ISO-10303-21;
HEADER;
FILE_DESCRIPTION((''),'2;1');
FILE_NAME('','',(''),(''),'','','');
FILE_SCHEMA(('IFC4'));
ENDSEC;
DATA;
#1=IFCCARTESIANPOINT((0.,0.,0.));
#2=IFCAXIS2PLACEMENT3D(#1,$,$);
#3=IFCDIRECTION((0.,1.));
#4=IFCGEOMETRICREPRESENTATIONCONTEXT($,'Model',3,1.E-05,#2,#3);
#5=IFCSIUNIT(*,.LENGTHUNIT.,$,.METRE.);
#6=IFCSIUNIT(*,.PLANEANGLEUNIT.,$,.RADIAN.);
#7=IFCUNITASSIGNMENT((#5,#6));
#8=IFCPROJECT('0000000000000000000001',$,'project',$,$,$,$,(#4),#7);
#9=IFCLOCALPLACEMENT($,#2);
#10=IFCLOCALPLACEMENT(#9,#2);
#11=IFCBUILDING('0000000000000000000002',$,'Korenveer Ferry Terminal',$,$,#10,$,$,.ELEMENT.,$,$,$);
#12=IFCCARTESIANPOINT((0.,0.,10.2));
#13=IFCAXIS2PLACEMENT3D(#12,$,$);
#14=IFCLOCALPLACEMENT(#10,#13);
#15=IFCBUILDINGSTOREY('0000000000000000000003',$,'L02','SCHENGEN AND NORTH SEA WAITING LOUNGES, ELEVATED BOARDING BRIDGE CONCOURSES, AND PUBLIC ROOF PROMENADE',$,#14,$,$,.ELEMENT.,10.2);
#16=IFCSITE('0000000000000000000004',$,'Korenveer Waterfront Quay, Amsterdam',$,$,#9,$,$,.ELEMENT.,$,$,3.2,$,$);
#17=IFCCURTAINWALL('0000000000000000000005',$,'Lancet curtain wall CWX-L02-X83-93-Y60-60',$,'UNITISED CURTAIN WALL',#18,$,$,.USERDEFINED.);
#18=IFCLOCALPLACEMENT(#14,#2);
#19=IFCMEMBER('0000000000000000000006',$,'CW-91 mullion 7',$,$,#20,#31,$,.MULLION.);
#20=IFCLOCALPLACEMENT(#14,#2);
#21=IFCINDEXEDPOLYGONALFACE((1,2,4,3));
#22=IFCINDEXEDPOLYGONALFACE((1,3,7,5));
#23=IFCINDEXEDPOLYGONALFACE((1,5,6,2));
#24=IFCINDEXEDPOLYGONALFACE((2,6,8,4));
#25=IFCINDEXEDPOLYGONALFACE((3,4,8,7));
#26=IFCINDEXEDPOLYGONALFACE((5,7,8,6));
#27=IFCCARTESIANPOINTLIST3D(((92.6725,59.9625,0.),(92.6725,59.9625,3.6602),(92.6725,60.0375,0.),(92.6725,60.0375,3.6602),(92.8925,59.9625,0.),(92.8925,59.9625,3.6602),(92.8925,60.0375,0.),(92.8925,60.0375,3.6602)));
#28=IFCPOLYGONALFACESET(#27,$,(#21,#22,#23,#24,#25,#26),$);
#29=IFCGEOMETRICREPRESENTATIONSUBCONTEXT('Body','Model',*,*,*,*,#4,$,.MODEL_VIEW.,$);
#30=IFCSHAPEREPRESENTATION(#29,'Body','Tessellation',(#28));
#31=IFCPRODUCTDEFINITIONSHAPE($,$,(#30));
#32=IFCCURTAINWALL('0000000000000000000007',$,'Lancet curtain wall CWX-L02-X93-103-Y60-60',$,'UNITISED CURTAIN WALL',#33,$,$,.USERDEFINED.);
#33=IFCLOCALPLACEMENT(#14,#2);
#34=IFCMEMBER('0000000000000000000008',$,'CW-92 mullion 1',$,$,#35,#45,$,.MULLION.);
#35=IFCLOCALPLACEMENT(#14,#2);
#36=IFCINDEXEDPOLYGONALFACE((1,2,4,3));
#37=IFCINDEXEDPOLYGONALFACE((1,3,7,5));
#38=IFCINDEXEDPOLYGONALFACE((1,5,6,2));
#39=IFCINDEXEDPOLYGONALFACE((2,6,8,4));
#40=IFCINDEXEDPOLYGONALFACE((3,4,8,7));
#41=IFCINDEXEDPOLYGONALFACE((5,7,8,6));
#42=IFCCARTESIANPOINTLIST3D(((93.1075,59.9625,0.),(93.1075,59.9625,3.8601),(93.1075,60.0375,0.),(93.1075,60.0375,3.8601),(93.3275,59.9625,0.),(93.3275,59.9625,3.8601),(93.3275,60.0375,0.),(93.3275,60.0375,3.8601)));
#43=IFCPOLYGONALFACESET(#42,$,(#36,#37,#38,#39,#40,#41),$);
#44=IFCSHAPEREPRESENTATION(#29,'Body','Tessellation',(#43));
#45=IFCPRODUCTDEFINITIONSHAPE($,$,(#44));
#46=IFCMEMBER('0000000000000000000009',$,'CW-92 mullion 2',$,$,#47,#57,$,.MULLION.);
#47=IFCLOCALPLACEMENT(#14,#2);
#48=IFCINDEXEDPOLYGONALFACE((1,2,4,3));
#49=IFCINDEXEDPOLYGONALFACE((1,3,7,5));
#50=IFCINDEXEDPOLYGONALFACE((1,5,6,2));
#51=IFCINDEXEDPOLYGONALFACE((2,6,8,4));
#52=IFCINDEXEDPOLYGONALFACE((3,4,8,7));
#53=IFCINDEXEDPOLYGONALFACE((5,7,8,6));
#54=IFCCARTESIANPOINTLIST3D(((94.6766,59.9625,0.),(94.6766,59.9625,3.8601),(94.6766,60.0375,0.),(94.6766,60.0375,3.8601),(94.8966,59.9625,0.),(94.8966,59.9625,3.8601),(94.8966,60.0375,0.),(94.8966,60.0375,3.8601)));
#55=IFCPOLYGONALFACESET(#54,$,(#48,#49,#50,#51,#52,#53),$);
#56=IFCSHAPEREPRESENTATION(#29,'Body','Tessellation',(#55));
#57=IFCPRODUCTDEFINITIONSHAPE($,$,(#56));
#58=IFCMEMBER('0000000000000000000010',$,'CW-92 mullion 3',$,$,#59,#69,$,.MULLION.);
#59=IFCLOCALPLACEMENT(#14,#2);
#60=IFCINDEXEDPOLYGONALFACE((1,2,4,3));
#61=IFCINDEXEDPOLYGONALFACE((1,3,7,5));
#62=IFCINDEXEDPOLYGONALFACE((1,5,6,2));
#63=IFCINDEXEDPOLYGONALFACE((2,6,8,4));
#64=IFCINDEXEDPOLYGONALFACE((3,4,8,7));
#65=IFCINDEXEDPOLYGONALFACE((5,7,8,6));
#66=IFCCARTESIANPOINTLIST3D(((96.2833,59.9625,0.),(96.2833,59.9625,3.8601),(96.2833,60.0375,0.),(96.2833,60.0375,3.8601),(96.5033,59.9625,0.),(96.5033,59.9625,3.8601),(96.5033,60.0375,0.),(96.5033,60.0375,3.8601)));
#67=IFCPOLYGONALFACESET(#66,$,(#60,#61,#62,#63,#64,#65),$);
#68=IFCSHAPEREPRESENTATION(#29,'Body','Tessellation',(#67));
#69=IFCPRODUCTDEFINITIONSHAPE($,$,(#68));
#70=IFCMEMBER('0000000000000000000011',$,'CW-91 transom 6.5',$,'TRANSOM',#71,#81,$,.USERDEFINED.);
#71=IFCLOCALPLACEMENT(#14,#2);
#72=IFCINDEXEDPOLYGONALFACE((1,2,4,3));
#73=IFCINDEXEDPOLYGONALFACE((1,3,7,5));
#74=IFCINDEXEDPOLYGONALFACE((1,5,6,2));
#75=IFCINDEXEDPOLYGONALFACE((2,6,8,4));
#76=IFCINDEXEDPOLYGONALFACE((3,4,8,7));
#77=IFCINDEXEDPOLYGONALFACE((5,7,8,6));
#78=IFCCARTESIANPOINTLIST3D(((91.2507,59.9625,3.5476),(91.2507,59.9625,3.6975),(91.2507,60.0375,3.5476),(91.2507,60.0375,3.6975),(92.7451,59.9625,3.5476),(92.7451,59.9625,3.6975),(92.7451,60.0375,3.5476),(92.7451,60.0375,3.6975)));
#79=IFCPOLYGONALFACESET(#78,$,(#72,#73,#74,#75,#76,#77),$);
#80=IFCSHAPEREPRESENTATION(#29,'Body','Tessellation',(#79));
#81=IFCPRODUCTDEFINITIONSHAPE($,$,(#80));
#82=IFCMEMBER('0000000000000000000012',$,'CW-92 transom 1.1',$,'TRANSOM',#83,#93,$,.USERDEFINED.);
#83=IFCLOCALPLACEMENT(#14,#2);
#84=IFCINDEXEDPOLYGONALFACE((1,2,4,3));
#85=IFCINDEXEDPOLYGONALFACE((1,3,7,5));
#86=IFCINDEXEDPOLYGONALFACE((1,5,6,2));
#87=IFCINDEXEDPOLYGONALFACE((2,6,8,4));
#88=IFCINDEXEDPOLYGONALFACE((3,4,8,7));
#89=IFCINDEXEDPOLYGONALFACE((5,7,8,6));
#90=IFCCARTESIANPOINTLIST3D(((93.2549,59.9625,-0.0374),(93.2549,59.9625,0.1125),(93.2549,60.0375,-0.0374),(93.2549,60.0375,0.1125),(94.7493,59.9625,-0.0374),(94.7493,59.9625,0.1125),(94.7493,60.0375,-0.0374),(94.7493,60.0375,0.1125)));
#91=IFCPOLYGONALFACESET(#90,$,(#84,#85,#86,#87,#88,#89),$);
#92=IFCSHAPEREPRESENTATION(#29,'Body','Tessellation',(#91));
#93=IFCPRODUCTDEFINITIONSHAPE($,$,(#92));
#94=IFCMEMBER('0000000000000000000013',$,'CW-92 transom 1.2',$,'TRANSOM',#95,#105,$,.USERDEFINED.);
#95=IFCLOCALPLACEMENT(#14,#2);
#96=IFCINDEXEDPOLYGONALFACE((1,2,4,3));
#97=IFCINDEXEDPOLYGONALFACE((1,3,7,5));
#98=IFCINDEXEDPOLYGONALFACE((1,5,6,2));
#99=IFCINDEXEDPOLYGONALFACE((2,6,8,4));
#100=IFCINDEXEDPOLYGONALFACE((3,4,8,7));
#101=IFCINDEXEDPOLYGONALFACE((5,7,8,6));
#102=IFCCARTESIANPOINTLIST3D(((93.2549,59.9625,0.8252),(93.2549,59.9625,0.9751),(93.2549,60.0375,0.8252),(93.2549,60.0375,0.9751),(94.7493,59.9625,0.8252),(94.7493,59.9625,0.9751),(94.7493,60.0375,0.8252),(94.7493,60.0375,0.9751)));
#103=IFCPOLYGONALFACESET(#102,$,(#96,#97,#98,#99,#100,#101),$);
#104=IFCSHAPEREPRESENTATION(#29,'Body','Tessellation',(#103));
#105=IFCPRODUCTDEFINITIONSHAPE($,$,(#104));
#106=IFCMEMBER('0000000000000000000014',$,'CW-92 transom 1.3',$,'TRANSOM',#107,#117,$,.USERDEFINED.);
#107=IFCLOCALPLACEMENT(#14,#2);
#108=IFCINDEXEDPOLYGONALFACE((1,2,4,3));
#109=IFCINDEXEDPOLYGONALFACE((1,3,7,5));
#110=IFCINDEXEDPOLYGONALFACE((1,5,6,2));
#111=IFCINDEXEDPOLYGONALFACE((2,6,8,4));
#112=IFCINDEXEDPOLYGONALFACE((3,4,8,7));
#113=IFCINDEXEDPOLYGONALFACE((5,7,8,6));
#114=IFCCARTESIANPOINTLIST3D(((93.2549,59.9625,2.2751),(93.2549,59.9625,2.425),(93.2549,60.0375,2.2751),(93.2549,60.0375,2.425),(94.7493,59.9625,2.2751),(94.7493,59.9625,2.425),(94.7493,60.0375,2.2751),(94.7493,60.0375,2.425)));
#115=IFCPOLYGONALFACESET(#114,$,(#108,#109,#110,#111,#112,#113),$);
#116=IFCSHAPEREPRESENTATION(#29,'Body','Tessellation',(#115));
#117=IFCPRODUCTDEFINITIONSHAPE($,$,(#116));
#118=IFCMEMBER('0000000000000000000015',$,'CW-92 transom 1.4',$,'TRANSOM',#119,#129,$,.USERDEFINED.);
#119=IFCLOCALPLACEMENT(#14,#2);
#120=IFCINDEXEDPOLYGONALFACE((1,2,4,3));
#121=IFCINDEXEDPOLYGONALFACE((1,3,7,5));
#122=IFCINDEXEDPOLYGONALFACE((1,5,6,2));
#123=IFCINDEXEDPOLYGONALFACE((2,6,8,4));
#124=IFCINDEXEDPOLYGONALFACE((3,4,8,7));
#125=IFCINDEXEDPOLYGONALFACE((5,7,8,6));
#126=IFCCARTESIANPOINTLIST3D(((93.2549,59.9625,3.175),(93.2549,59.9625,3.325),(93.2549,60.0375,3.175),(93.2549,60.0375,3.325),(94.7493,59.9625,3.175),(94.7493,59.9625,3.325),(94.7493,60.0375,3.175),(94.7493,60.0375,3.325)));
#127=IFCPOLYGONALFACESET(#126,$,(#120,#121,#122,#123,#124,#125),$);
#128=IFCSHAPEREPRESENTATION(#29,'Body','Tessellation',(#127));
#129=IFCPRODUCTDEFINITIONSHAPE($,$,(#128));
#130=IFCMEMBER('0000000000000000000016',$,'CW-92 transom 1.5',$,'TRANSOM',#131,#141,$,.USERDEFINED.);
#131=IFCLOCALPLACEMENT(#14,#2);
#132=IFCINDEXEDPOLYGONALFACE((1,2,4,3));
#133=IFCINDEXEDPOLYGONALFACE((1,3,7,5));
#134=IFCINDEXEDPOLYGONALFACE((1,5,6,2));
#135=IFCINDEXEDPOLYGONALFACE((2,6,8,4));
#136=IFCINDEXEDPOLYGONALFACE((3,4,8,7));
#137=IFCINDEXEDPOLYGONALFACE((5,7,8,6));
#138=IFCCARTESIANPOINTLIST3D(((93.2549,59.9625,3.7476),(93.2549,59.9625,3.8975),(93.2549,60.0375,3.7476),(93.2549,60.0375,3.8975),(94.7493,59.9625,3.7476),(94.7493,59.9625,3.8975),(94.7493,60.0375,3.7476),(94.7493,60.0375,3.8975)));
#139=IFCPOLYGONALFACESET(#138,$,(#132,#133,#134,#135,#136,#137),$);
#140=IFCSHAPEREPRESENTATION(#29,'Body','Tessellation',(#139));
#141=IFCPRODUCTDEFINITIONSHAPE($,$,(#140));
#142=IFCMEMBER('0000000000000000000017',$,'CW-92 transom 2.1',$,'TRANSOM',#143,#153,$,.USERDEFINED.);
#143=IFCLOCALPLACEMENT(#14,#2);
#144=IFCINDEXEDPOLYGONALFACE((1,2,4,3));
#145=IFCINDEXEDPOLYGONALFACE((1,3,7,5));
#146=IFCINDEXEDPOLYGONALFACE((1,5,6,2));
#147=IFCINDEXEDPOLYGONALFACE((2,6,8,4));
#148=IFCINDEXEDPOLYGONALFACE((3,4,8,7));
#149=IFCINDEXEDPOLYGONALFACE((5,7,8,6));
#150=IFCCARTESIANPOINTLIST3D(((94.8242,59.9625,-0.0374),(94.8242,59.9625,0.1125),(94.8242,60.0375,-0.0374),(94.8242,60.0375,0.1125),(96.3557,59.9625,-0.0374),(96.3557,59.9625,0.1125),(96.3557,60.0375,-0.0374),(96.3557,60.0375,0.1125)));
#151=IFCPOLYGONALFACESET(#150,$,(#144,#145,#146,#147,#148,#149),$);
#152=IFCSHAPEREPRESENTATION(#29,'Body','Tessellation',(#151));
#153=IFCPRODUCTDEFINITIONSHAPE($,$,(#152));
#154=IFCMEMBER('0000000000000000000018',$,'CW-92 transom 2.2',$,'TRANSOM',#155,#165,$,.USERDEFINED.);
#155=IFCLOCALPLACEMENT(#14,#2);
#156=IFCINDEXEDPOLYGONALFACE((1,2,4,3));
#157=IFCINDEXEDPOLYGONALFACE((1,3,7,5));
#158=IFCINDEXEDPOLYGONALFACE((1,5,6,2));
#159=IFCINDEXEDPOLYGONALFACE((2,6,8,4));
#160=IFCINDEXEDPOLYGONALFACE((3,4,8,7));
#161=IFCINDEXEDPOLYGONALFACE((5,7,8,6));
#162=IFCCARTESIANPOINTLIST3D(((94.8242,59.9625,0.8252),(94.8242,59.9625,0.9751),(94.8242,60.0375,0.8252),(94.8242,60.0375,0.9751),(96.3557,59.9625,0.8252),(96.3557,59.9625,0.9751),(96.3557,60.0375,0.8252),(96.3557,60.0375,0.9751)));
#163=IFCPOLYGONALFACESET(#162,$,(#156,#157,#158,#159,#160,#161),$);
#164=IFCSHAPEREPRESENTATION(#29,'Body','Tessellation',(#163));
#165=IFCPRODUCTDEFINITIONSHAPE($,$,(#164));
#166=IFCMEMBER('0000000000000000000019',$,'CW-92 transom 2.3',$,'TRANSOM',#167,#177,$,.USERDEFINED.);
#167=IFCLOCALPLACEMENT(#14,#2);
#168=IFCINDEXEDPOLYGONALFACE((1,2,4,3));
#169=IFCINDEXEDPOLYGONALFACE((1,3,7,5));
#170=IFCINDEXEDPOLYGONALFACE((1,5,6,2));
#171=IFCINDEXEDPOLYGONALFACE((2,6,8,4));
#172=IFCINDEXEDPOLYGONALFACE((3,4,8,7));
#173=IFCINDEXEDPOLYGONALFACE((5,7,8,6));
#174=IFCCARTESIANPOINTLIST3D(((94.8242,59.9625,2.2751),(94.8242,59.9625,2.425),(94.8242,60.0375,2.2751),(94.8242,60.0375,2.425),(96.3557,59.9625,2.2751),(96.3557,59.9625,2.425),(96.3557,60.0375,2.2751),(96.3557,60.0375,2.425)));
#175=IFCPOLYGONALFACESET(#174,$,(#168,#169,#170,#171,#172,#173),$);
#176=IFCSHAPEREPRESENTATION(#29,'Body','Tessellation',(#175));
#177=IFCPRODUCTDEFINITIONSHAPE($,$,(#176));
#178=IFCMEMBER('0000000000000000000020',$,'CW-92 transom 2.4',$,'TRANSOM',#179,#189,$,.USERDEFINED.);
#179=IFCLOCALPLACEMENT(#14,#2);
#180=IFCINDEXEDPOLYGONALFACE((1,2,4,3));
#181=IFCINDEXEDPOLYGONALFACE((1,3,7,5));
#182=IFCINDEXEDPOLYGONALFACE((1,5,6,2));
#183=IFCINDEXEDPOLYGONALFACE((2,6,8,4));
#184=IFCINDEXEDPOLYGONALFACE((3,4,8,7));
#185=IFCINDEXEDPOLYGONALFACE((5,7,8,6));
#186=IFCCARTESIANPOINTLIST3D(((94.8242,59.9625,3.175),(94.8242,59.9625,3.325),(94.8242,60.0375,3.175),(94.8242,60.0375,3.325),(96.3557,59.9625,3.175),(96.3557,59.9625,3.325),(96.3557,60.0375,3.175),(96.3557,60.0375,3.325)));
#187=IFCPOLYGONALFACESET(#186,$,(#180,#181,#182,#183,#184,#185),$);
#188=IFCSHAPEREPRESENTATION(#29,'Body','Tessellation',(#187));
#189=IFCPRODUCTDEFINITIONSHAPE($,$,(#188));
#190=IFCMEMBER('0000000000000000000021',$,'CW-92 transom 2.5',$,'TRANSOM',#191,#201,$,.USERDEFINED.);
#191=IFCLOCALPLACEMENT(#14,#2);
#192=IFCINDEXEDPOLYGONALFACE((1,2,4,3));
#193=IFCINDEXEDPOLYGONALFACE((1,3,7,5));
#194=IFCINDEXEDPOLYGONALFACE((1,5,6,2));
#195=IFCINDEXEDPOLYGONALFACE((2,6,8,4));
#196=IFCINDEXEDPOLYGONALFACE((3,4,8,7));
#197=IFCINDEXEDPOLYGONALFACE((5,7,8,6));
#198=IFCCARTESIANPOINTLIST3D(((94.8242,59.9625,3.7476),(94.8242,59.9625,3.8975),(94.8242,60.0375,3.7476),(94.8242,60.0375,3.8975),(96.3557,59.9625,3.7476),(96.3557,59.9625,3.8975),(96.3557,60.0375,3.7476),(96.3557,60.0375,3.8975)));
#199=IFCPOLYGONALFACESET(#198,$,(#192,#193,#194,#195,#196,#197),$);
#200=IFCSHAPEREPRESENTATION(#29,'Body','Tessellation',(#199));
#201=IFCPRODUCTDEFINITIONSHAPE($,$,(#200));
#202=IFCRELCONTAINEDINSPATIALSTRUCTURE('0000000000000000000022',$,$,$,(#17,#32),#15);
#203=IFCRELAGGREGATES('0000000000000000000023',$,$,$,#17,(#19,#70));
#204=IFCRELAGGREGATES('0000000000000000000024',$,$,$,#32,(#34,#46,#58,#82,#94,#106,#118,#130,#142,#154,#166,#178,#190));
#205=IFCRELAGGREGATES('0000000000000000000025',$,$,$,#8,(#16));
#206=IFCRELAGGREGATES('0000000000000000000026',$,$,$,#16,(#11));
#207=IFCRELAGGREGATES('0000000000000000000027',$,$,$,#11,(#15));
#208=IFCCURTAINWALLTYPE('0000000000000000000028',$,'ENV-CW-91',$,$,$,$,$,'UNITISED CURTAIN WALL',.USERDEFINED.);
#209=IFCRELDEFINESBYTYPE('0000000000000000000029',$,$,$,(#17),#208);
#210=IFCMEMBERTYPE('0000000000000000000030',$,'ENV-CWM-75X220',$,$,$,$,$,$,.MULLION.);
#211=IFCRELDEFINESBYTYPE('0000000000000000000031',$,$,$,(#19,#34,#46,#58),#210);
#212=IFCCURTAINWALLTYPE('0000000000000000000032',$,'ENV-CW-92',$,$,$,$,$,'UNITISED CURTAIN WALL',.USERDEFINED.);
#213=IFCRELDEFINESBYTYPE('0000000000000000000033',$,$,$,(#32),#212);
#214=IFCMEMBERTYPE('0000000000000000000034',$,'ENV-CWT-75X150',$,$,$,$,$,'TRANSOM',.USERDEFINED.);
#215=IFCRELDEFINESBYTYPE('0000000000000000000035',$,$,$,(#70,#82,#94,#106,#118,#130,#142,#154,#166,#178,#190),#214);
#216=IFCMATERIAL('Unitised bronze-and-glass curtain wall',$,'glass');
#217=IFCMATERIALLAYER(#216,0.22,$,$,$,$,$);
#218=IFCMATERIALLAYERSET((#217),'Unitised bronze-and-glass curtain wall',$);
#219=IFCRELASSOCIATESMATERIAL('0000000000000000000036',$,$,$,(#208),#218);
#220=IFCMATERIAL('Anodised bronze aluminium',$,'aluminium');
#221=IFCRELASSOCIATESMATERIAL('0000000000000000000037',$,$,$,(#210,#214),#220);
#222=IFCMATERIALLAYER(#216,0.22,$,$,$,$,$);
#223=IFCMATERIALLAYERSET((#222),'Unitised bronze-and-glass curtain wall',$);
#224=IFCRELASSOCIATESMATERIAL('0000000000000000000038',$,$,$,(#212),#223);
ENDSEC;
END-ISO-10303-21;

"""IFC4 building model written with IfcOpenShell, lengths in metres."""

from ifc_helpers import new_model, si_unit, direction, frame, origin, origin_2d, place, context, subcontext, project, spatial, rectangle, extrude, material, layer, layer_set, material_profile, profile_set, type_object, element, aggregate, save


model = new_model("IFC4")

# Units and contexts
model_context = context("Model", 3, precision=1e-05, world=origin(), true_north=direction((0.0, 1.0)))
body_context = subcontext(model_context, "Body", "Model", "MODEL_VIEW")
ifc_project = project(units=[si_unit("LENGTHUNIT", "METRE"), si_unit("PLANEANGLEUNIT", "RADIAN")], contexts=[model_context])

# Site, building, storey
site_placement = place(None, origin())
site = spatial("IfcSite", under=ifc_project, at=site_placement, Name="Korenveer Waterfront Quay, Amsterdam", CompositionType="ELEMENT", RefElevation=3.2)
building_placement = place(site_placement, origin())
building = spatial("IfcBuilding", under=site, at=building_placement, Name="Korenveer Ferry Terminal", CompositionType="ELEMENT")
storey_placement = place(building_placement, frame((0.0, 0.0, 10.2)))
storey = spatial("IfcBuildingStorey", under=building, at=storey_placement, Name="L02", Description="SCHENGEN AND NORTH SEA WAITING LOUNGES, ELEVATED BOARDING BRIDGE CONCOURSES, AND PUBLIC ROOF PROMENADE", CompositionType="ELEMENT", Elevation=10.2)

# Curtain wall, member
ifc_material_1 = material(Name="Unitised bronze-and-glass curtain wall", Category="glass")
ifc_layer_1 = layer(ifc_material_1, 0.22)
ifc_layer_set_1 = layer_set([ifc_layer_1], Name="Unitised bronze-and-glass curtain wall")
curtain_wall_type_1 = type_object("IfcCurtainWallType", Name="ENV-CW-91", ElementType="UNITISED CURTAIN WALL", PredefinedType="USERDEFINED", material=ifc_layer_set_1)
curtain_wall_1_placement = place(storey_placement, frame((83.1799, 60.0, 0.0)))
curtain_wall_1 = element("IfcCurtainWall", 1, at=curtain_wall_1_placement, inside=storey, type_object=curtain_wall_type_1, Name="Lancet curtain wall CWX-L02-X83-93-Y60-60", ObjectType="UNITISED CURTAIN WALL", PredefinedType="USERDEFINED")
ifc_material_2 = material(Name="Anodised bronze aluminium", Category="aluminium")
ifc_material_profile_1 = material_profile(ifc_material_2, rectangle(XDim=0.075, YDim=0.22, at=origin_2d()), Name="ALU 75x220")
ifc_profile_set_1 = profile_set([ifc_material_profile_1], Name="Anodised bronze aluminium")
member_type_1 = type_object("IfcMemberType", Name="ENV-CWM-75X220", PredefinedType="MULLION", material=ifc_profile_set_1)
member_1_placement = place(storey_placement, frame((92.7825, 60.0, 0.0), z_axis=(0.0, 0.0, 1.0), x_axis=(0.0, 1.0, 0.0)))
member_1 = element("IfcMember", 2, at=member_1_placement, type_object=member_type_1, Name="CW-91 mullion 7", PredefinedType="MULLION", context=body_context, shape_type="SweptSolid", body=[
    extrude(rectangle(XDim=0.075, YDim=0.22, at=origin_2d()), origin(), (0.0, 0.0, 1.0), 3.6602),
])

# Curtain wall, members
ifc_layer_2 = layer(ifc_material_1, 0.22)
ifc_layer_set_2 = layer_set([ifc_layer_2], Name="Unitised bronze-and-glass curtain wall")
curtain_wall_type_2 = type_object("IfcCurtainWallType", Name="ENV-CW-92", ElementType="UNITISED CURTAIN WALL", PredefinedType="USERDEFINED", material=ifc_layer_set_2)
curtain_wall_2_placement = place(storey_placement, frame((93.1799, 60.0, 0.0)))
curtain_wall_2 = element("IfcCurtainWall", 3, at=curtain_wall_2_placement, inside=storey, type_object=curtain_wall_type_2, Name="Lancet curtain wall CWX-L02-X93-103-Y60-60", ObjectType="UNITISED CURTAIN WALL", PredefinedType="USERDEFINED")
member_2_placement = place(storey_placement, frame((93.2175, 60.0, 0.0), z_axis=(0.0, 0.0, 1.0), x_axis=(0.0, 1.0, 0.0)))
member_2 = element("IfcMember", 4, at=member_2_placement, type_object=member_type_1, Name="CW-92 mullion 1", PredefinedType="MULLION", context=body_context, shape_type="SweptSolid", body=[
    extrude(rectangle(XDim=0.075, YDim=0.22, at=origin_2d()), origin(), (0.0, 0.0, 1.0), 3.8601),
])
member_3_placement = place(storey_placement, frame((94.7866, 60.0, 0.0), z_axis=(0.0, 0.0, 1.0), x_axis=(0.0, 1.0, 0.0)))
member_3 = element("IfcMember", 5, at=member_3_placement, type_object=member_type_1, Name="CW-92 mullion 2", PredefinedType="MULLION", context=body_context, shape_type="SweptSolid", body=[
    extrude(rectangle(XDim=0.075, YDim=0.22, at=origin_2d()), origin(), (0.0, 0.0, 1.0), 3.8601),
])
member_4_placement = place(storey_placement, frame((96.3933, 60.0, 0.0), z_axis=(0.0, 0.0, 1.0), x_axis=(0.0, 1.0, 0.0)))
member_4 = element("IfcMember", 6, at=member_4_placement, type_object=member_type_1, Name="CW-92 mullion 3", PredefinedType="MULLION", context=body_context, shape_type="SweptSolid", body=[
    extrude(rectangle(XDim=0.075, YDim=0.22, at=origin_2d()), origin(), (0.0, 0.0, 1.0), 3.8601),
])

# Members
ifc_material_profile_2 = material_profile(ifc_material_2, rectangle(XDim=0.075, YDim=0.1499, at=origin_2d()), Name="ALU 75x150")
ifc_profile_set_2 = profile_set([ifc_material_profile_2], Name="Anodised bronze aluminium")
member_type_2 = type_object("IfcMemberType", Name="ENV-CWT-75X150", ElementType="TRANSOM", PredefinedType="USERDEFINED", material=ifc_profile_set_2)
member_5_placement = place(storey_placement, frame((91.2507, 60.0, 3.6226), z_axis=(1.0, 0.0, 0.0), x_axis=(0.0, 1.0, 0.0)))
member_5 = element("IfcMember", 7, at=member_5_placement, type_object=member_type_2, Name="CW-91 transom 6.5", ObjectType="TRANSOM", PredefinedType="USERDEFINED", context=body_context, shape_type="SweptSolid", body=[
    extrude(rectangle(XDim=0.075, YDim=0.1499, at=origin_2d()), origin(), (0.0, 0.0, 1.0), 1.4944),
])
member_6_placement = place(storey_placement, frame((93.2549, 60.0, 0.0376), z_axis=(1.0, 0.0, 0.0), x_axis=(0.0, 1.0, 0.0)))
member_6 = element("IfcMember", 8, at=member_6_placement, type_object=member_type_2, Name="CW-92 transom 1.1", ObjectType="TRANSOM", PredefinedType="USERDEFINED", context=body_context, shape_type="SweptSolid", body=[
    extrude(rectangle(XDim=0.075, YDim=0.1499, at=origin_2d()), origin(), (0.0, 0.0, 1.0), 1.4944),
])
member_7_placement = place(storey_placement, frame((93.2549, 60.0, 0.9001), z_axis=(1.0, 0.0, 0.0), x_axis=(0.0, 1.0, 0.0)))
member_7 = element("IfcMember", 9, at=member_7_placement, type_object=member_type_2, Name="CW-92 transom 1.2", ObjectType="TRANSOM", PredefinedType="USERDEFINED", context=body_context, shape_type="SweptSolid", body=[
    extrude(rectangle(XDim=0.075, YDim=0.1499, at=origin_2d()), origin(), (0.0, 0.0, 1.0), 1.4944),
])
member_8_placement = place(storey_placement, frame((93.2549, 60.0, 2.3501), z_axis=(1.0, 0.0, 0.0), x_axis=(0.0, 1.0, 0.0)))
member_8 = element("IfcMember", 10, at=member_8_placement, type_object=member_type_2, Name="CW-92 transom 1.3", ObjectType="TRANSOM", PredefinedType="USERDEFINED", context=body_context, shape_type="SweptSolid", body=[
    extrude(rectangle(XDim=0.075, YDim=0.1499, at=origin_2d()), origin(), (0.0, 0.0, 1.0), 1.4944),
])
member_9_placement = place(storey_placement, frame((93.2549, 60.0, 3.25), z_axis=(1.0, 0.0, 0.0), x_axis=(0.0, 1.0, 0.0)))
member_9 = element("IfcMember", 11, at=member_9_placement, type_object=member_type_2, Name="CW-92 transom 1.4", ObjectType="TRANSOM", PredefinedType="USERDEFINED", context=body_context, shape_type="SweptSolid", body=[
    extrude(rectangle(XDim=0.075, YDim=0.1499, at=origin_2d()), origin(), (0.0, 0.0, 1.0), 1.4944),
])
member_10_placement = place(storey_placement, frame((93.2549, 60.0, 3.8225), z_axis=(1.0, 0.0, 0.0), x_axis=(0.0, 1.0, 0.0)))
member_10 = element("IfcMember", 12, at=member_10_placement, type_object=member_type_2, Name="CW-92 transom 1.5", ObjectType="TRANSOM", PredefinedType="USERDEFINED", context=body_context, shape_type="SweptSolid", body=[
    extrude(rectangle(XDim=0.075, YDim=0.1499, at=origin_2d()), origin(), (0.0, 0.0, 1.0), 1.4944),
])
member_11_placement = place(storey_placement, frame((94.8242, 60.0, 0.0376), z_axis=(1.0, 0.0, 0.0), x_axis=(0.0, 1.0, 0.0)))
member_11 = element("IfcMember", 13, at=member_11_placement, type_object=member_type_2, Name="CW-92 transom 2.1", ObjectType="TRANSOM", PredefinedType="USERDEFINED", context=body_context, shape_type="SweptSolid", body=[
    extrude(rectangle(XDim=0.075, YDim=0.1499, at=origin_2d()), origin(), (0.0, 0.0, 1.0), 1.5315),
])
member_12_placement = place(storey_placement, frame((94.8242, 60.0, 0.9001), z_axis=(1.0, 0.0, 0.0), x_axis=(0.0, 1.0, 0.0)))
member_12 = element("IfcMember", 14, at=member_12_placement, type_object=member_type_2, Name="CW-92 transom 2.2", ObjectType="TRANSOM", PredefinedType="USERDEFINED", context=body_context, shape_type="SweptSolid", body=[
    extrude(rectangle(XDim=0.075, YDim=0.1499, at=origin_2d()), origin(), (0.0, 0.0, 1.0), 1.5315),
])
member_13_placement = place(storey_placement, frame((94.8242, 60.0, 2.3501), z_axis=(1.0, 0.0, 0.0), x_axis=(0.0, 1.0, 0.0)))
member_13 = element("IfcMember", 15, at=member_13_placement, type_object=member_type_2, Name="CW-92 transom 2.3", ObjectType="TRANSOM", PredefinedType="USERDEFINED", context=body_context, shape_type="SweptSolid", body=[
    extrude(rectangle(XDim=0.075, YDim=0.1499, at=origin_2d()), origin(), (0.0, 0.0, 1.0), 1.5315),
])
member_14_placement = place(storey_placement, frame((94.8242, 60.0, 3.25), z_axis=(1.0, 0.0, 0.0), x_axis=(0.0, 1.0, 0.0)))
member_14 = element("IfcMember", 16, at=member_14_placement, type_object=member_type_2, Name="CW-92 transom 2.4", ObjectType="TRANSOM", PredefinedType="USERDEFINED", context=body_context, shape_type="SweptSolid", body=[
    extrude(rectangle(XDim=0.075, YDim=0.1499, at=origin_2d()), origin(), (0.0, 0.0, 1.0), 1.5315),
])
member_15_placement = place(storey_placement, frame((94.8242, 60.0, 3.8225), z_axis=(1.0, 0.0, 0.0), x_axis=(0.0, 1.0, 0.0)))
member_15 = element("IfcMember", 17, at=member_15_placement, type_object=member_type_2, Name="CW-92 transom 2.5", ObjectType="TRANSOM", PredefinedType="USERDEFINED", context=body_context, shape_type="SweptSolid", body=[
    extrude(rectangle(XDim=0.075, YDim=0.1499, at=origin_2d()), origin(), (0.0, 0.0, 1.0), 1.5315),
])

aggregate(curtain_wall_1, [member_1, member_5])
aggregate(curtain_wall_2, [member_2, member_3, member_4, member_6, member_7, member_8, member_9, member_10, member_11, member_12, member_13, member_14, member_15])

save(model, "model.ifc")
